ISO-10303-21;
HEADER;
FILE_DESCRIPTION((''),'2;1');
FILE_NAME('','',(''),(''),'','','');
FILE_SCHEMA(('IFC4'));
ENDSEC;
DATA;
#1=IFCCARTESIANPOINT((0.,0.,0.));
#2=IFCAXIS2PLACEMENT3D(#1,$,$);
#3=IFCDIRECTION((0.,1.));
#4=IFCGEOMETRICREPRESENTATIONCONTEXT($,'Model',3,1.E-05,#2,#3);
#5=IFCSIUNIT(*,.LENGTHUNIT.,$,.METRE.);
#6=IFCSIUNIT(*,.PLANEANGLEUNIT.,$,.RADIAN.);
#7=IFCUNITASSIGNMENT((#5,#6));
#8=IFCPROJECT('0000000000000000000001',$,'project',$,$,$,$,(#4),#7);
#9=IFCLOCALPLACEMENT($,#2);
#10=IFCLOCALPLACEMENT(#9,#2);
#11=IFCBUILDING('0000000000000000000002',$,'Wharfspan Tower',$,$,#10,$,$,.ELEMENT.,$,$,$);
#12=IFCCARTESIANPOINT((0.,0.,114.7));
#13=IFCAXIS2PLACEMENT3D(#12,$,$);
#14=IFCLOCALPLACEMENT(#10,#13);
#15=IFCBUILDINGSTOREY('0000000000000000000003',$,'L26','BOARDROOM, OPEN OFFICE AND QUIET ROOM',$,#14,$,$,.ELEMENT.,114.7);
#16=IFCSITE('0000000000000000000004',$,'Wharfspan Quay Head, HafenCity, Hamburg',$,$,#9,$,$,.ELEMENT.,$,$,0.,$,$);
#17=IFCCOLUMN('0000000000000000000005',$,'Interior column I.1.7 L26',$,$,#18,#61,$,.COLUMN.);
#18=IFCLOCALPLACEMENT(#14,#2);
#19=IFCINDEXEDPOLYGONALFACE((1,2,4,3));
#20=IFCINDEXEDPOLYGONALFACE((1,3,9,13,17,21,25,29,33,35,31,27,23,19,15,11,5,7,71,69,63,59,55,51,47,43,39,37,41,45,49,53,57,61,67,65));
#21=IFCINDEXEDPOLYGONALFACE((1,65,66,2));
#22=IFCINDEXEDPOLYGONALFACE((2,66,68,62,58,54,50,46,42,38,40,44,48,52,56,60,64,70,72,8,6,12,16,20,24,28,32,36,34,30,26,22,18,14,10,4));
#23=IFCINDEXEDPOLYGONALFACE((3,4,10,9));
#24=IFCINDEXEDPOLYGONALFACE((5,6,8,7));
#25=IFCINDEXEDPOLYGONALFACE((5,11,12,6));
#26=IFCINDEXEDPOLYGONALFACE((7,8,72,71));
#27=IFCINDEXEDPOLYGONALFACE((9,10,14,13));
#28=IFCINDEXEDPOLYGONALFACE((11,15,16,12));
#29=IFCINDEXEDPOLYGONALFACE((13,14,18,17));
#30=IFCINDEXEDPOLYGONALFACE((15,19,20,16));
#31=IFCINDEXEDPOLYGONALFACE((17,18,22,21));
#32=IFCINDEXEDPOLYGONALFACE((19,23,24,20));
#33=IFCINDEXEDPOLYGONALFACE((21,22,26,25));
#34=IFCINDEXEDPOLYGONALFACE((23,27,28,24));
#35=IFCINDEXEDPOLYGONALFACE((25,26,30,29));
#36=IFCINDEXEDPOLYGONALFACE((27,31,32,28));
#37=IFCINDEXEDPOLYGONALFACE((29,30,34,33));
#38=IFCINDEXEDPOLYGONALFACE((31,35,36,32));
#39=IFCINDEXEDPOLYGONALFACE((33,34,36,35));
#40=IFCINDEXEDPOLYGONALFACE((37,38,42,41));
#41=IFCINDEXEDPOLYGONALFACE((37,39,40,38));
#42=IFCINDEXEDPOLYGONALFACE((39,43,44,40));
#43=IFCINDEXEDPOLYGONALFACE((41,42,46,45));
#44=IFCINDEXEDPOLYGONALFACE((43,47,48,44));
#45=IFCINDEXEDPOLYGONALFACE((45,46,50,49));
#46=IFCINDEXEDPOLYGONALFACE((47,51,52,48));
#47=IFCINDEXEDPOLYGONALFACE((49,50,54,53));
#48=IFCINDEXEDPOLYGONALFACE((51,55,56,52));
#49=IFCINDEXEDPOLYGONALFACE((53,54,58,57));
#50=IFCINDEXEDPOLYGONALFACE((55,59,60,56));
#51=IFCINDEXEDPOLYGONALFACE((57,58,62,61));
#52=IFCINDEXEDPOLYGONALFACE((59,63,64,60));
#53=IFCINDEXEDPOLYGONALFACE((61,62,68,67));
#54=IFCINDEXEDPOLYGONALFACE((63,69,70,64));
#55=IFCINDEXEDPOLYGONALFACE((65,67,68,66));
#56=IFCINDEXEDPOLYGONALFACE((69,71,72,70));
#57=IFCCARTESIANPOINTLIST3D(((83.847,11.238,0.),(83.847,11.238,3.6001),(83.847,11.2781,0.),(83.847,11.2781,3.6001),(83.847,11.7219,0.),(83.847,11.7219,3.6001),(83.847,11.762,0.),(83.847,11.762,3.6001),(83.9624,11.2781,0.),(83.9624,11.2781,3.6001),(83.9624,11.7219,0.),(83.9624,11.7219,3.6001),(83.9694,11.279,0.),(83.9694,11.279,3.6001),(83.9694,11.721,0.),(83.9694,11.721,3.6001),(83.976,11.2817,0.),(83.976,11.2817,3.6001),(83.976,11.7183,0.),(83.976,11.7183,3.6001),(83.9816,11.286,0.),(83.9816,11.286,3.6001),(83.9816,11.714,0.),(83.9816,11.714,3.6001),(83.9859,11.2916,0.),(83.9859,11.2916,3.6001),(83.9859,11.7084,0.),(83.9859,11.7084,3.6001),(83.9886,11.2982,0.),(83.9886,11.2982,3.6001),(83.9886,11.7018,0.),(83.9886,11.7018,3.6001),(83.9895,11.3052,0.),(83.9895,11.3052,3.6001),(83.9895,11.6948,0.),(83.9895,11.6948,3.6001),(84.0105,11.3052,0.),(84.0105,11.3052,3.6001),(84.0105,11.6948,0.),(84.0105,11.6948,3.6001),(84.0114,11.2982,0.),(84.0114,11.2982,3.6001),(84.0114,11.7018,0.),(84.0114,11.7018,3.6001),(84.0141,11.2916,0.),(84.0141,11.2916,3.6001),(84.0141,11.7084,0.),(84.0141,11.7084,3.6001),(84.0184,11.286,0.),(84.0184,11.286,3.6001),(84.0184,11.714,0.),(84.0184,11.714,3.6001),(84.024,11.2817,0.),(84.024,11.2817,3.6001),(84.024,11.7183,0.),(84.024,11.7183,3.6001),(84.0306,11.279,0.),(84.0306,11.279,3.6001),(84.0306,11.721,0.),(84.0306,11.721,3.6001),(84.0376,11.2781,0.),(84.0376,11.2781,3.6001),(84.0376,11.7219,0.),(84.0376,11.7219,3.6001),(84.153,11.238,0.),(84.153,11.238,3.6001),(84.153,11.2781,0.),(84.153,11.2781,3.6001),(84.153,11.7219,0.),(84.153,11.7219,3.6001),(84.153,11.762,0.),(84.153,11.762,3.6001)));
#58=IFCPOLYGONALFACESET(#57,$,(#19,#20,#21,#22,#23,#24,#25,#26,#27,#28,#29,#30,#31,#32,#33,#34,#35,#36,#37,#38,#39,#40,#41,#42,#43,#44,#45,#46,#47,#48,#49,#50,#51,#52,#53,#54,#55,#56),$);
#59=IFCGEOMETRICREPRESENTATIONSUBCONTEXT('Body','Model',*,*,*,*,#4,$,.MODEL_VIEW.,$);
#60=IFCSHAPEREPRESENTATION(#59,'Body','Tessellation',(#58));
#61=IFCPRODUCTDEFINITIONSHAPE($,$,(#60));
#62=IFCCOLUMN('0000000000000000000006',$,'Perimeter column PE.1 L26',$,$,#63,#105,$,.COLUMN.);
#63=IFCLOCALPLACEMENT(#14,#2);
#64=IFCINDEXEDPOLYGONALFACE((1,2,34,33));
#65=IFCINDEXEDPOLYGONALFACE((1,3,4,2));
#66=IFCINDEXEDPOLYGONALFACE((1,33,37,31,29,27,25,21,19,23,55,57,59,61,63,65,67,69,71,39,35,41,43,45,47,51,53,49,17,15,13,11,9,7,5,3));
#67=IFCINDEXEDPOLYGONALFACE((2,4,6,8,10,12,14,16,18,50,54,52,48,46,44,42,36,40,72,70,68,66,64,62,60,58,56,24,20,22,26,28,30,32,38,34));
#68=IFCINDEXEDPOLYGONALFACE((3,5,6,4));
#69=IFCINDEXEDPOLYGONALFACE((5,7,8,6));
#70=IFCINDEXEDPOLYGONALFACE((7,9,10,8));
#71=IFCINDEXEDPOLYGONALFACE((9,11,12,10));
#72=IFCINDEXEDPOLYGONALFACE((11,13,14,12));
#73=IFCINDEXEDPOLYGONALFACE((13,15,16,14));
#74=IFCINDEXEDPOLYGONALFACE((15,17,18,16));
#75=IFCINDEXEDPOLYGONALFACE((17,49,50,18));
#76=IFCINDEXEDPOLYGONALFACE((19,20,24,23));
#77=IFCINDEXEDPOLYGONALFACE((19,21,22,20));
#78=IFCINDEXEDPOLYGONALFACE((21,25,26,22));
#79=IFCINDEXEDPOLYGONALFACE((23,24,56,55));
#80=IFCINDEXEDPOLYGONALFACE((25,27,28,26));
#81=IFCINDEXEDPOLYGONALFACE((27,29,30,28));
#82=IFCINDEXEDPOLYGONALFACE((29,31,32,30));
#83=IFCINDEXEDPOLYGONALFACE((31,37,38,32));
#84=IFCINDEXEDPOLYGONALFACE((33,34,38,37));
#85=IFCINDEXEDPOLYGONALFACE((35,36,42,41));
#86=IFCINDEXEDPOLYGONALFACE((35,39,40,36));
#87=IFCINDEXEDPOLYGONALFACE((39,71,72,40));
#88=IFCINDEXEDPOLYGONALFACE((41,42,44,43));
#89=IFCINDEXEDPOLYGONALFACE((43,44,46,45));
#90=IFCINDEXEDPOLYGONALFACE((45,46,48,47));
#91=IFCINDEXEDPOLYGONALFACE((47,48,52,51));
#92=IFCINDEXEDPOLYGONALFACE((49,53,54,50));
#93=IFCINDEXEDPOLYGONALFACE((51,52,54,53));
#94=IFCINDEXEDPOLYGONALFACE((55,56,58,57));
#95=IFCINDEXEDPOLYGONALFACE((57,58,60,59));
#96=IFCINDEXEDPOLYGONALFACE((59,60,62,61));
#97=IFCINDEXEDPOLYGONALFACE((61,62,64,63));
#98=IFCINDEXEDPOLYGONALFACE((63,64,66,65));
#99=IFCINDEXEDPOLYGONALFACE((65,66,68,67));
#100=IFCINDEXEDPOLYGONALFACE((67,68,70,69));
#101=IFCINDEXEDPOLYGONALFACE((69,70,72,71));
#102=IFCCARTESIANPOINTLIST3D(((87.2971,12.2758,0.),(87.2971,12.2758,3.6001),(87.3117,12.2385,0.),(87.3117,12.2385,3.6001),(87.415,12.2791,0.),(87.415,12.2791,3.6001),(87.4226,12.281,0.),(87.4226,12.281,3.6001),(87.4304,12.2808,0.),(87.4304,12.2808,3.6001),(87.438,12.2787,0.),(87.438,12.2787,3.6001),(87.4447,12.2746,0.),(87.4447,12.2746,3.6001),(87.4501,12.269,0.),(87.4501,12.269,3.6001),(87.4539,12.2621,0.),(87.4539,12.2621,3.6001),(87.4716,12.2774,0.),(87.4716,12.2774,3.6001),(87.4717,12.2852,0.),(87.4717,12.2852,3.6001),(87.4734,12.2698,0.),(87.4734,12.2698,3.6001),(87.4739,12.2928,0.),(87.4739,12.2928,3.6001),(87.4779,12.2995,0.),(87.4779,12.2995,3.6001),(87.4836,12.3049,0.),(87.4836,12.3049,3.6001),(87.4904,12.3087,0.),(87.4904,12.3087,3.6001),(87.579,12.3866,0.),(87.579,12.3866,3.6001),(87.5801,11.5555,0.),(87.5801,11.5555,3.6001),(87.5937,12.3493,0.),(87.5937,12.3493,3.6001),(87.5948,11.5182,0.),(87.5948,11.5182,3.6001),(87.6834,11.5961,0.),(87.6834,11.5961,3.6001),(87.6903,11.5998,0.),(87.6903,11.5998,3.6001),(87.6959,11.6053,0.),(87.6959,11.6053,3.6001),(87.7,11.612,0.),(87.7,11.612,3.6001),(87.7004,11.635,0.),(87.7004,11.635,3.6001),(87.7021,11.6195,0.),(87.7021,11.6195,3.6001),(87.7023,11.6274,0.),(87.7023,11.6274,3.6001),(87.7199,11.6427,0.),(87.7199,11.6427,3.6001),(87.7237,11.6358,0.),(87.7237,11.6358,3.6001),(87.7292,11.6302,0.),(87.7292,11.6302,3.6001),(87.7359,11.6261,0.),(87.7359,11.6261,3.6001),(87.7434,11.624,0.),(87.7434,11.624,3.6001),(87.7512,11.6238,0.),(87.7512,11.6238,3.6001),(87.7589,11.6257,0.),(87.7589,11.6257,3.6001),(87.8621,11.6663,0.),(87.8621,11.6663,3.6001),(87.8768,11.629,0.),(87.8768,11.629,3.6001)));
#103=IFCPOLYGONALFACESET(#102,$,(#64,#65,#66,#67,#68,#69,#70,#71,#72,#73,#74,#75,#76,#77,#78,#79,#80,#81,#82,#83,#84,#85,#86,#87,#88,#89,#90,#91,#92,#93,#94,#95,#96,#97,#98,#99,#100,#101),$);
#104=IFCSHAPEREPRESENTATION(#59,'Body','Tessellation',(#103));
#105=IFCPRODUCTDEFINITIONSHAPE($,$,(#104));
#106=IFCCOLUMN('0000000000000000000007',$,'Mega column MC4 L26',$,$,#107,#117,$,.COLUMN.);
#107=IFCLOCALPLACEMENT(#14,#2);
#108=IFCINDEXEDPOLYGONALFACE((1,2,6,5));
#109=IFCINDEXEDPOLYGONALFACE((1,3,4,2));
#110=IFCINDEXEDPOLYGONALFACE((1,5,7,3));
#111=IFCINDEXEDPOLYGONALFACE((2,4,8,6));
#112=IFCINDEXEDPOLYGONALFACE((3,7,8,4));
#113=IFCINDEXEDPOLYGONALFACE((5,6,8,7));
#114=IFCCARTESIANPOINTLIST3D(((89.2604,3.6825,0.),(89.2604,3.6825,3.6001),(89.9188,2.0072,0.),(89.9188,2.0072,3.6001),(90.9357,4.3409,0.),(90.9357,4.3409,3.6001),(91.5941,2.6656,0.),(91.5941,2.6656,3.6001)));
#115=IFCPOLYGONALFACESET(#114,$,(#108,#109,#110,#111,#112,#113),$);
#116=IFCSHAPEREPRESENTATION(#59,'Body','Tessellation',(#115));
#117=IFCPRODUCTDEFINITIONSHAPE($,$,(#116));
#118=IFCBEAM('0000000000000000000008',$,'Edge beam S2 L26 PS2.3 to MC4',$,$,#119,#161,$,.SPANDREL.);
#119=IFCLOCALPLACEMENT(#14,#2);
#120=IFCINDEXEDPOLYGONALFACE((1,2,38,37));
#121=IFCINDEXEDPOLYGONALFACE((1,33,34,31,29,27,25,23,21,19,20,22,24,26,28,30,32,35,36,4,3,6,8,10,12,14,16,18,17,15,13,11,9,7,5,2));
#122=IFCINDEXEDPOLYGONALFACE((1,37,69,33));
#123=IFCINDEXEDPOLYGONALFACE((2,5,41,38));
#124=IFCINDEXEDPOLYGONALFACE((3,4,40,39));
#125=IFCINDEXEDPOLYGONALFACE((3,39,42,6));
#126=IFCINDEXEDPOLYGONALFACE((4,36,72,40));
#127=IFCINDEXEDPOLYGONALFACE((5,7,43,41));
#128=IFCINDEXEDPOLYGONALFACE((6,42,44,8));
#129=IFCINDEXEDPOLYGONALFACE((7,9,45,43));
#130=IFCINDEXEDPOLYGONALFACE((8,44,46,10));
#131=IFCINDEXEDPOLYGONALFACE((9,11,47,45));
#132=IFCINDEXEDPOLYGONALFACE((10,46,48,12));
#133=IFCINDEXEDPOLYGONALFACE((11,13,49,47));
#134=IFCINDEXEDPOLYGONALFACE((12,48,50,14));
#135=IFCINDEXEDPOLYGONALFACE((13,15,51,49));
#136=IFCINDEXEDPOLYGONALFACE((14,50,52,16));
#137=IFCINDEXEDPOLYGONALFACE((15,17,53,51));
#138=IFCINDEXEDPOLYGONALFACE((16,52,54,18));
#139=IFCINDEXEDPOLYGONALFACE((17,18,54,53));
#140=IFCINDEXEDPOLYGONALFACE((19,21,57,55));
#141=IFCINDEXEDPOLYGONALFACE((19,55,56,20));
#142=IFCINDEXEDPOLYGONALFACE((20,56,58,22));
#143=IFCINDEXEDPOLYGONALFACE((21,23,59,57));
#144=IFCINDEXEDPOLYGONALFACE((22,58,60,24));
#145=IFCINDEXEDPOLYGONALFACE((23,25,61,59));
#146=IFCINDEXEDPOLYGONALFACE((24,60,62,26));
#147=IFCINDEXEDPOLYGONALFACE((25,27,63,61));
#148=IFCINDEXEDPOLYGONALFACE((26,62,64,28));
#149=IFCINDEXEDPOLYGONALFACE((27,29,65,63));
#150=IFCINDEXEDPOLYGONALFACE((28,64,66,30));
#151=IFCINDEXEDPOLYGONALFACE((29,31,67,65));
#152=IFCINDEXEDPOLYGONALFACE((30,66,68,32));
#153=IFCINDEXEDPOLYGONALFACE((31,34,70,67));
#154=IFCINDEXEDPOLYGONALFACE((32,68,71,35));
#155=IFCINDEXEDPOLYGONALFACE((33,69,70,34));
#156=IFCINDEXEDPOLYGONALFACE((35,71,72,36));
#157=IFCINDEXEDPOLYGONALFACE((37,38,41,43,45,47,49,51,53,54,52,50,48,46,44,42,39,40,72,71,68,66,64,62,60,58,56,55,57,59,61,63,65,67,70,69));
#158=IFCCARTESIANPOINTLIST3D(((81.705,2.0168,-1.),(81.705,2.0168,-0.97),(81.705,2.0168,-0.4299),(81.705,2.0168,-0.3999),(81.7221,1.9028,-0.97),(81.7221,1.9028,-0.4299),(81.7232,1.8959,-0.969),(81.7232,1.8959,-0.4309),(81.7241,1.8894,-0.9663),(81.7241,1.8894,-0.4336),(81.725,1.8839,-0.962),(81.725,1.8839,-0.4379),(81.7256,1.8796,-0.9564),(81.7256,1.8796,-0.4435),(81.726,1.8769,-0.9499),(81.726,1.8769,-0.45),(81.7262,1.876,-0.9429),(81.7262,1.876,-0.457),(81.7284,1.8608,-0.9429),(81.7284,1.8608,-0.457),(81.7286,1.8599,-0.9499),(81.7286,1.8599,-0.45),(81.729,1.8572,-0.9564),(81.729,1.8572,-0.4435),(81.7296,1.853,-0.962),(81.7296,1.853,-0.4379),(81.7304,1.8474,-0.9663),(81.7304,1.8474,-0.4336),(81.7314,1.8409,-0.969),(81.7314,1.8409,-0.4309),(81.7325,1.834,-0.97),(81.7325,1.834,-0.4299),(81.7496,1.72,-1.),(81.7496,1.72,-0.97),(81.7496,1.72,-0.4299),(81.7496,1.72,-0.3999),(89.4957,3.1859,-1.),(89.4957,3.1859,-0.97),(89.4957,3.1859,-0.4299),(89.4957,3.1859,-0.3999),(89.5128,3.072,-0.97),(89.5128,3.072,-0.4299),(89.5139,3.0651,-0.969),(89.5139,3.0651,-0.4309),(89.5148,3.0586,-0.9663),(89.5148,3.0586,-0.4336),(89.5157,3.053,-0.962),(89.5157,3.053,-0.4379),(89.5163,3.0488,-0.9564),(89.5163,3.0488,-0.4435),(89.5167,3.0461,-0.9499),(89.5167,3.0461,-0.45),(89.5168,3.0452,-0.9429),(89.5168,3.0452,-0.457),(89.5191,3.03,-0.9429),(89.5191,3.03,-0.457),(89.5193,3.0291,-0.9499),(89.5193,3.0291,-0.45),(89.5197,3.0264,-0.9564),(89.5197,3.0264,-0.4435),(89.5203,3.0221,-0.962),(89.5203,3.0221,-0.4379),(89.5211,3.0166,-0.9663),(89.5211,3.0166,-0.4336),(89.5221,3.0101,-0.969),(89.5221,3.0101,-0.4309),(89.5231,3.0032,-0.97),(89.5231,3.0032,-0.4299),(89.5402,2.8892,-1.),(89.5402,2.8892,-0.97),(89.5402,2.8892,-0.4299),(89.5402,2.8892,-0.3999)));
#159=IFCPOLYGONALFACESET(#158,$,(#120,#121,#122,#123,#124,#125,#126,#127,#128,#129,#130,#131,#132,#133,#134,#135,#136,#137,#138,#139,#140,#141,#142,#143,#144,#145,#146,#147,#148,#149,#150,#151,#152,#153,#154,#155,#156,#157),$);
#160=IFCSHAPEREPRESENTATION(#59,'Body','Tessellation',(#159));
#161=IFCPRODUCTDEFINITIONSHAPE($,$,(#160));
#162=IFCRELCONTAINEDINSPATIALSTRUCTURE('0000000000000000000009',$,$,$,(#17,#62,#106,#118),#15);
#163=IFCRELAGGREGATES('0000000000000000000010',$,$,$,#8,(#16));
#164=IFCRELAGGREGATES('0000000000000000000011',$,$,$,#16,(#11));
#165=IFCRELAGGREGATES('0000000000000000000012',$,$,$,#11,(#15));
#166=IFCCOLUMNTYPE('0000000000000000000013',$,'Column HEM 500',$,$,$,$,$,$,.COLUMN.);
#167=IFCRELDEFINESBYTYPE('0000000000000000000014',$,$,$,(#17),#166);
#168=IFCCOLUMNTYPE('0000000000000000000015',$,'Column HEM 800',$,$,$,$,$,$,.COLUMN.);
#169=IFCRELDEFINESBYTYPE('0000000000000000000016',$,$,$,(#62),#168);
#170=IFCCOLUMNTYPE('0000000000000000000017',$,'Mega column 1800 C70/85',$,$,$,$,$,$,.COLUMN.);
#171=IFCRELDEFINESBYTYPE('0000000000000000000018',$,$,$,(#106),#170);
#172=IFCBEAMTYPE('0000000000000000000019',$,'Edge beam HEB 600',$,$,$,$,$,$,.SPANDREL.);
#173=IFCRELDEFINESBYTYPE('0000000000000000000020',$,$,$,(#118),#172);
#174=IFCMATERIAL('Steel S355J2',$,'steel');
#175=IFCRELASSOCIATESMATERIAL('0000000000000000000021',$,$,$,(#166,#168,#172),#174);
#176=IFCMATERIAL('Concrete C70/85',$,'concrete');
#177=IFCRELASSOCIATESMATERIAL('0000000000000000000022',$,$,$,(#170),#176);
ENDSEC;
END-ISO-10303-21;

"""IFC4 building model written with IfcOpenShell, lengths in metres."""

from ifc_helpers import new_model, si_unit, direction, frame, origin, origin_2d, place, context, subcontext, project, spatial, rectangle, i_section, extrude, material, material_profile, profile_set, type_object, element, save


model = new_model("IFC4")

# Units and contexts
model_context = context("Model", 3, precision=1e-05, world=origin(), true_north=direction((0.0, 1.0)))
body_context = subcontext(model_context, "Body", "Model", "MODEL_VIEW")
ifc_project = project(units=[si_unit("LENGTHUNIT", "METRE"), si_unit("PLANEANGLEUNIT", "RADIAN")], contexts=[model_context])

# Site, building, storey
site_placement = place(None, origin())
site = spatial("IfcSite", under=ifc_project, at=site_placement, Name="Wharfspan Quay Head, HafenCity, Hamburg", CompositionType="ELEMENT", RefElevation=0.0)
building_placement = place(site_placement, origin())
building = spatial("IfcBuilding", under=site, at=building_placement, Name="Wharfspan Tower", CompositionType="ELEMENT")
storey_placement = place(building_placement, frame((0.0, 0.0, 114.7)))
storey = spatial("IfcBuildingStorey", under=building, at=storey_placement, Name="L26", Description="BOARDROOM, OPEN OFFICE AND QUIET ROOM", CompositionType="ELEMENT", Elevation=114.7)

# Columns
ifc_material_1 = material(Name="Steel S355J2", Category="steel")
ifc_material_profile_1 = material_profile(ifc_material_1, i_section(OverallWidth=0.3059, OverallDepth=0.5239, WebThickness=0.021, FlangeThickness=0.04, FilletRadius=0.0271, at=origin_2d()))
ifc_profile_set_1 = profile_set([ifc_material_profile_1], Name="Steel S355J2")
column_type_1 = type_object("IfcColumnType", Name="Column HEM 500", PredefinedType="COLUMN", material=ifc_profile_set_1)
column_1_placement = place(storey_placement, frame((84.0, 11.5, 0.0), z_axis=(0.0, 0.0, 1.0), x_axis=(1.0, 0.0, 0.0)))
element("IfcColumn", 1, at=column_1_placement, inside=storey, type_object=column_type_1, Name="Interior column I.1.7 L26", PredefinedType="COLUMN", context=body_context, shape_type="SweptSolid", body=[
    extrude(i_section(OverallWidth=0.3059, OverallDepth=0.5239, WebThickness=0.021, FlangeThickness=0.04, FilletRadius=0.0271, at=origin_2d()), origin(), (0.0, 0.0, 1.0), 3.6001),
])
ifc_material_profile_2 = material_profile(ifc_material_1, i_section(OverallWidth=0.303, OverallDepth=0.814, WebThickness=0.021, FlangeThickness=0.04, FilletRadius=0.03, at=origin_2d()))
ifc_profile_set_2 = profile_set([ifc_material_profile_2], Name="Steel S355J2")
column_type_2 = type_object("IfcColumnType", Name="Column HEM 800", PredefinedType="COLUMN", material=ifc_profile_set_2)
column_2_placement = place(storey_placement, frame((87.5869, 11.9524, 0.0), z_axis=(0.0, 0.0, 1.0), x_axis=(0.930702, 0.365778, 0.0)))
element("IfcColumn", 2, at=column_2_placement, inside=storey, type_object=column_type_2, Name="Perimeter column PE.1 L26", PredefinedType="COLUMN", context=body_context, shape_type="SweptSolid", body=[
    extrude(i_section(OverallWidth=0.303, OverallDepth=0.814, WebThickness=0.021, FlangeThickness=0.04, FilletRadius=0.03, at=origin_2d()), origin(), (0.0, 0.0, 1.0), 3.6001),
])
ifc_material_2 = material(Name="Concrete C70/85", Category="concrete")
ifc_material_profile_3 = material_profile(ifc_material_2, rectangle(XDim=1.8, YDim=1.8, at=origin_2d()))
ifc_profile_set_3 = profile_set([ifc_material_profile_3], Name="Concrete C70/85")
column_type_3 = type_object("IfcColumnType", Name="Mega column 1800 C70/85", PredefinedType="COLUMN", material=ifc_profile_set_3)
column_3_placement = place(storey_placement, frame((90.4272, 3.1741, 0.0), z_axis=(0.0, 0.0, 1.0), x_axis=(-0.365778, 0.930702, 0.0)))
element("IfcColumn", 3, at=column_3_placement, inside=storey, type_object=column_type_3, Name="Mega column MC4 L26", PredefinedType="COLUMN", context=body_context, shape_type="SweptSolid", body=[
    extrude(rectangle(XDim=1.8, YDim=1.8, at=origin_2d()), origin(), (0.0, 0.0, 1.0), 3.6001),
])

# Beam
ifc_material_profile_4 = material_profile(ifc_material_1, i_section(OverallWidth=0.3, OverallDepth=0.6001, WebThickness=0.0154, FlangeThickness=0.03, FilletRadius=0.0271, at=origin_2d()))
ifc_profile_set_4 = profile_set([ifc_material_profile_4], Name="Steel S355J2")
beam_type = type_object("IfcBeamType", Name="Edge beam HEB 600", PredefinedType="SPANDREL", material=ifc_profile_set_4)
beam_1_placement = place(storey_placement, frame((81.7273, 1.8684, -0.7), z_axis=(0.988926, 0.148412, 0.0), x_axis=(-0.148412, 0.988926, 0.0)))
element("IfcBeam", 4, at=beam_1_placement, inside=storey, type_object=beam_type, Name="Edge beam S2 L26 PS2.3 to MC4", PredefinedType="SPANDREL", context=body_context, shape_type="SweptSolid", body=[
    extrude(i_section(OverallWidth=0.3, OverallDepth=0.6001, WebThickness=0.0154, FlangeThickness=0.03, FilletRadius=0.0271, at=origin_2d()), origin(), (0.0, 0.0, 1.0), 7.8779),
])

save(model, "model.ifc")
